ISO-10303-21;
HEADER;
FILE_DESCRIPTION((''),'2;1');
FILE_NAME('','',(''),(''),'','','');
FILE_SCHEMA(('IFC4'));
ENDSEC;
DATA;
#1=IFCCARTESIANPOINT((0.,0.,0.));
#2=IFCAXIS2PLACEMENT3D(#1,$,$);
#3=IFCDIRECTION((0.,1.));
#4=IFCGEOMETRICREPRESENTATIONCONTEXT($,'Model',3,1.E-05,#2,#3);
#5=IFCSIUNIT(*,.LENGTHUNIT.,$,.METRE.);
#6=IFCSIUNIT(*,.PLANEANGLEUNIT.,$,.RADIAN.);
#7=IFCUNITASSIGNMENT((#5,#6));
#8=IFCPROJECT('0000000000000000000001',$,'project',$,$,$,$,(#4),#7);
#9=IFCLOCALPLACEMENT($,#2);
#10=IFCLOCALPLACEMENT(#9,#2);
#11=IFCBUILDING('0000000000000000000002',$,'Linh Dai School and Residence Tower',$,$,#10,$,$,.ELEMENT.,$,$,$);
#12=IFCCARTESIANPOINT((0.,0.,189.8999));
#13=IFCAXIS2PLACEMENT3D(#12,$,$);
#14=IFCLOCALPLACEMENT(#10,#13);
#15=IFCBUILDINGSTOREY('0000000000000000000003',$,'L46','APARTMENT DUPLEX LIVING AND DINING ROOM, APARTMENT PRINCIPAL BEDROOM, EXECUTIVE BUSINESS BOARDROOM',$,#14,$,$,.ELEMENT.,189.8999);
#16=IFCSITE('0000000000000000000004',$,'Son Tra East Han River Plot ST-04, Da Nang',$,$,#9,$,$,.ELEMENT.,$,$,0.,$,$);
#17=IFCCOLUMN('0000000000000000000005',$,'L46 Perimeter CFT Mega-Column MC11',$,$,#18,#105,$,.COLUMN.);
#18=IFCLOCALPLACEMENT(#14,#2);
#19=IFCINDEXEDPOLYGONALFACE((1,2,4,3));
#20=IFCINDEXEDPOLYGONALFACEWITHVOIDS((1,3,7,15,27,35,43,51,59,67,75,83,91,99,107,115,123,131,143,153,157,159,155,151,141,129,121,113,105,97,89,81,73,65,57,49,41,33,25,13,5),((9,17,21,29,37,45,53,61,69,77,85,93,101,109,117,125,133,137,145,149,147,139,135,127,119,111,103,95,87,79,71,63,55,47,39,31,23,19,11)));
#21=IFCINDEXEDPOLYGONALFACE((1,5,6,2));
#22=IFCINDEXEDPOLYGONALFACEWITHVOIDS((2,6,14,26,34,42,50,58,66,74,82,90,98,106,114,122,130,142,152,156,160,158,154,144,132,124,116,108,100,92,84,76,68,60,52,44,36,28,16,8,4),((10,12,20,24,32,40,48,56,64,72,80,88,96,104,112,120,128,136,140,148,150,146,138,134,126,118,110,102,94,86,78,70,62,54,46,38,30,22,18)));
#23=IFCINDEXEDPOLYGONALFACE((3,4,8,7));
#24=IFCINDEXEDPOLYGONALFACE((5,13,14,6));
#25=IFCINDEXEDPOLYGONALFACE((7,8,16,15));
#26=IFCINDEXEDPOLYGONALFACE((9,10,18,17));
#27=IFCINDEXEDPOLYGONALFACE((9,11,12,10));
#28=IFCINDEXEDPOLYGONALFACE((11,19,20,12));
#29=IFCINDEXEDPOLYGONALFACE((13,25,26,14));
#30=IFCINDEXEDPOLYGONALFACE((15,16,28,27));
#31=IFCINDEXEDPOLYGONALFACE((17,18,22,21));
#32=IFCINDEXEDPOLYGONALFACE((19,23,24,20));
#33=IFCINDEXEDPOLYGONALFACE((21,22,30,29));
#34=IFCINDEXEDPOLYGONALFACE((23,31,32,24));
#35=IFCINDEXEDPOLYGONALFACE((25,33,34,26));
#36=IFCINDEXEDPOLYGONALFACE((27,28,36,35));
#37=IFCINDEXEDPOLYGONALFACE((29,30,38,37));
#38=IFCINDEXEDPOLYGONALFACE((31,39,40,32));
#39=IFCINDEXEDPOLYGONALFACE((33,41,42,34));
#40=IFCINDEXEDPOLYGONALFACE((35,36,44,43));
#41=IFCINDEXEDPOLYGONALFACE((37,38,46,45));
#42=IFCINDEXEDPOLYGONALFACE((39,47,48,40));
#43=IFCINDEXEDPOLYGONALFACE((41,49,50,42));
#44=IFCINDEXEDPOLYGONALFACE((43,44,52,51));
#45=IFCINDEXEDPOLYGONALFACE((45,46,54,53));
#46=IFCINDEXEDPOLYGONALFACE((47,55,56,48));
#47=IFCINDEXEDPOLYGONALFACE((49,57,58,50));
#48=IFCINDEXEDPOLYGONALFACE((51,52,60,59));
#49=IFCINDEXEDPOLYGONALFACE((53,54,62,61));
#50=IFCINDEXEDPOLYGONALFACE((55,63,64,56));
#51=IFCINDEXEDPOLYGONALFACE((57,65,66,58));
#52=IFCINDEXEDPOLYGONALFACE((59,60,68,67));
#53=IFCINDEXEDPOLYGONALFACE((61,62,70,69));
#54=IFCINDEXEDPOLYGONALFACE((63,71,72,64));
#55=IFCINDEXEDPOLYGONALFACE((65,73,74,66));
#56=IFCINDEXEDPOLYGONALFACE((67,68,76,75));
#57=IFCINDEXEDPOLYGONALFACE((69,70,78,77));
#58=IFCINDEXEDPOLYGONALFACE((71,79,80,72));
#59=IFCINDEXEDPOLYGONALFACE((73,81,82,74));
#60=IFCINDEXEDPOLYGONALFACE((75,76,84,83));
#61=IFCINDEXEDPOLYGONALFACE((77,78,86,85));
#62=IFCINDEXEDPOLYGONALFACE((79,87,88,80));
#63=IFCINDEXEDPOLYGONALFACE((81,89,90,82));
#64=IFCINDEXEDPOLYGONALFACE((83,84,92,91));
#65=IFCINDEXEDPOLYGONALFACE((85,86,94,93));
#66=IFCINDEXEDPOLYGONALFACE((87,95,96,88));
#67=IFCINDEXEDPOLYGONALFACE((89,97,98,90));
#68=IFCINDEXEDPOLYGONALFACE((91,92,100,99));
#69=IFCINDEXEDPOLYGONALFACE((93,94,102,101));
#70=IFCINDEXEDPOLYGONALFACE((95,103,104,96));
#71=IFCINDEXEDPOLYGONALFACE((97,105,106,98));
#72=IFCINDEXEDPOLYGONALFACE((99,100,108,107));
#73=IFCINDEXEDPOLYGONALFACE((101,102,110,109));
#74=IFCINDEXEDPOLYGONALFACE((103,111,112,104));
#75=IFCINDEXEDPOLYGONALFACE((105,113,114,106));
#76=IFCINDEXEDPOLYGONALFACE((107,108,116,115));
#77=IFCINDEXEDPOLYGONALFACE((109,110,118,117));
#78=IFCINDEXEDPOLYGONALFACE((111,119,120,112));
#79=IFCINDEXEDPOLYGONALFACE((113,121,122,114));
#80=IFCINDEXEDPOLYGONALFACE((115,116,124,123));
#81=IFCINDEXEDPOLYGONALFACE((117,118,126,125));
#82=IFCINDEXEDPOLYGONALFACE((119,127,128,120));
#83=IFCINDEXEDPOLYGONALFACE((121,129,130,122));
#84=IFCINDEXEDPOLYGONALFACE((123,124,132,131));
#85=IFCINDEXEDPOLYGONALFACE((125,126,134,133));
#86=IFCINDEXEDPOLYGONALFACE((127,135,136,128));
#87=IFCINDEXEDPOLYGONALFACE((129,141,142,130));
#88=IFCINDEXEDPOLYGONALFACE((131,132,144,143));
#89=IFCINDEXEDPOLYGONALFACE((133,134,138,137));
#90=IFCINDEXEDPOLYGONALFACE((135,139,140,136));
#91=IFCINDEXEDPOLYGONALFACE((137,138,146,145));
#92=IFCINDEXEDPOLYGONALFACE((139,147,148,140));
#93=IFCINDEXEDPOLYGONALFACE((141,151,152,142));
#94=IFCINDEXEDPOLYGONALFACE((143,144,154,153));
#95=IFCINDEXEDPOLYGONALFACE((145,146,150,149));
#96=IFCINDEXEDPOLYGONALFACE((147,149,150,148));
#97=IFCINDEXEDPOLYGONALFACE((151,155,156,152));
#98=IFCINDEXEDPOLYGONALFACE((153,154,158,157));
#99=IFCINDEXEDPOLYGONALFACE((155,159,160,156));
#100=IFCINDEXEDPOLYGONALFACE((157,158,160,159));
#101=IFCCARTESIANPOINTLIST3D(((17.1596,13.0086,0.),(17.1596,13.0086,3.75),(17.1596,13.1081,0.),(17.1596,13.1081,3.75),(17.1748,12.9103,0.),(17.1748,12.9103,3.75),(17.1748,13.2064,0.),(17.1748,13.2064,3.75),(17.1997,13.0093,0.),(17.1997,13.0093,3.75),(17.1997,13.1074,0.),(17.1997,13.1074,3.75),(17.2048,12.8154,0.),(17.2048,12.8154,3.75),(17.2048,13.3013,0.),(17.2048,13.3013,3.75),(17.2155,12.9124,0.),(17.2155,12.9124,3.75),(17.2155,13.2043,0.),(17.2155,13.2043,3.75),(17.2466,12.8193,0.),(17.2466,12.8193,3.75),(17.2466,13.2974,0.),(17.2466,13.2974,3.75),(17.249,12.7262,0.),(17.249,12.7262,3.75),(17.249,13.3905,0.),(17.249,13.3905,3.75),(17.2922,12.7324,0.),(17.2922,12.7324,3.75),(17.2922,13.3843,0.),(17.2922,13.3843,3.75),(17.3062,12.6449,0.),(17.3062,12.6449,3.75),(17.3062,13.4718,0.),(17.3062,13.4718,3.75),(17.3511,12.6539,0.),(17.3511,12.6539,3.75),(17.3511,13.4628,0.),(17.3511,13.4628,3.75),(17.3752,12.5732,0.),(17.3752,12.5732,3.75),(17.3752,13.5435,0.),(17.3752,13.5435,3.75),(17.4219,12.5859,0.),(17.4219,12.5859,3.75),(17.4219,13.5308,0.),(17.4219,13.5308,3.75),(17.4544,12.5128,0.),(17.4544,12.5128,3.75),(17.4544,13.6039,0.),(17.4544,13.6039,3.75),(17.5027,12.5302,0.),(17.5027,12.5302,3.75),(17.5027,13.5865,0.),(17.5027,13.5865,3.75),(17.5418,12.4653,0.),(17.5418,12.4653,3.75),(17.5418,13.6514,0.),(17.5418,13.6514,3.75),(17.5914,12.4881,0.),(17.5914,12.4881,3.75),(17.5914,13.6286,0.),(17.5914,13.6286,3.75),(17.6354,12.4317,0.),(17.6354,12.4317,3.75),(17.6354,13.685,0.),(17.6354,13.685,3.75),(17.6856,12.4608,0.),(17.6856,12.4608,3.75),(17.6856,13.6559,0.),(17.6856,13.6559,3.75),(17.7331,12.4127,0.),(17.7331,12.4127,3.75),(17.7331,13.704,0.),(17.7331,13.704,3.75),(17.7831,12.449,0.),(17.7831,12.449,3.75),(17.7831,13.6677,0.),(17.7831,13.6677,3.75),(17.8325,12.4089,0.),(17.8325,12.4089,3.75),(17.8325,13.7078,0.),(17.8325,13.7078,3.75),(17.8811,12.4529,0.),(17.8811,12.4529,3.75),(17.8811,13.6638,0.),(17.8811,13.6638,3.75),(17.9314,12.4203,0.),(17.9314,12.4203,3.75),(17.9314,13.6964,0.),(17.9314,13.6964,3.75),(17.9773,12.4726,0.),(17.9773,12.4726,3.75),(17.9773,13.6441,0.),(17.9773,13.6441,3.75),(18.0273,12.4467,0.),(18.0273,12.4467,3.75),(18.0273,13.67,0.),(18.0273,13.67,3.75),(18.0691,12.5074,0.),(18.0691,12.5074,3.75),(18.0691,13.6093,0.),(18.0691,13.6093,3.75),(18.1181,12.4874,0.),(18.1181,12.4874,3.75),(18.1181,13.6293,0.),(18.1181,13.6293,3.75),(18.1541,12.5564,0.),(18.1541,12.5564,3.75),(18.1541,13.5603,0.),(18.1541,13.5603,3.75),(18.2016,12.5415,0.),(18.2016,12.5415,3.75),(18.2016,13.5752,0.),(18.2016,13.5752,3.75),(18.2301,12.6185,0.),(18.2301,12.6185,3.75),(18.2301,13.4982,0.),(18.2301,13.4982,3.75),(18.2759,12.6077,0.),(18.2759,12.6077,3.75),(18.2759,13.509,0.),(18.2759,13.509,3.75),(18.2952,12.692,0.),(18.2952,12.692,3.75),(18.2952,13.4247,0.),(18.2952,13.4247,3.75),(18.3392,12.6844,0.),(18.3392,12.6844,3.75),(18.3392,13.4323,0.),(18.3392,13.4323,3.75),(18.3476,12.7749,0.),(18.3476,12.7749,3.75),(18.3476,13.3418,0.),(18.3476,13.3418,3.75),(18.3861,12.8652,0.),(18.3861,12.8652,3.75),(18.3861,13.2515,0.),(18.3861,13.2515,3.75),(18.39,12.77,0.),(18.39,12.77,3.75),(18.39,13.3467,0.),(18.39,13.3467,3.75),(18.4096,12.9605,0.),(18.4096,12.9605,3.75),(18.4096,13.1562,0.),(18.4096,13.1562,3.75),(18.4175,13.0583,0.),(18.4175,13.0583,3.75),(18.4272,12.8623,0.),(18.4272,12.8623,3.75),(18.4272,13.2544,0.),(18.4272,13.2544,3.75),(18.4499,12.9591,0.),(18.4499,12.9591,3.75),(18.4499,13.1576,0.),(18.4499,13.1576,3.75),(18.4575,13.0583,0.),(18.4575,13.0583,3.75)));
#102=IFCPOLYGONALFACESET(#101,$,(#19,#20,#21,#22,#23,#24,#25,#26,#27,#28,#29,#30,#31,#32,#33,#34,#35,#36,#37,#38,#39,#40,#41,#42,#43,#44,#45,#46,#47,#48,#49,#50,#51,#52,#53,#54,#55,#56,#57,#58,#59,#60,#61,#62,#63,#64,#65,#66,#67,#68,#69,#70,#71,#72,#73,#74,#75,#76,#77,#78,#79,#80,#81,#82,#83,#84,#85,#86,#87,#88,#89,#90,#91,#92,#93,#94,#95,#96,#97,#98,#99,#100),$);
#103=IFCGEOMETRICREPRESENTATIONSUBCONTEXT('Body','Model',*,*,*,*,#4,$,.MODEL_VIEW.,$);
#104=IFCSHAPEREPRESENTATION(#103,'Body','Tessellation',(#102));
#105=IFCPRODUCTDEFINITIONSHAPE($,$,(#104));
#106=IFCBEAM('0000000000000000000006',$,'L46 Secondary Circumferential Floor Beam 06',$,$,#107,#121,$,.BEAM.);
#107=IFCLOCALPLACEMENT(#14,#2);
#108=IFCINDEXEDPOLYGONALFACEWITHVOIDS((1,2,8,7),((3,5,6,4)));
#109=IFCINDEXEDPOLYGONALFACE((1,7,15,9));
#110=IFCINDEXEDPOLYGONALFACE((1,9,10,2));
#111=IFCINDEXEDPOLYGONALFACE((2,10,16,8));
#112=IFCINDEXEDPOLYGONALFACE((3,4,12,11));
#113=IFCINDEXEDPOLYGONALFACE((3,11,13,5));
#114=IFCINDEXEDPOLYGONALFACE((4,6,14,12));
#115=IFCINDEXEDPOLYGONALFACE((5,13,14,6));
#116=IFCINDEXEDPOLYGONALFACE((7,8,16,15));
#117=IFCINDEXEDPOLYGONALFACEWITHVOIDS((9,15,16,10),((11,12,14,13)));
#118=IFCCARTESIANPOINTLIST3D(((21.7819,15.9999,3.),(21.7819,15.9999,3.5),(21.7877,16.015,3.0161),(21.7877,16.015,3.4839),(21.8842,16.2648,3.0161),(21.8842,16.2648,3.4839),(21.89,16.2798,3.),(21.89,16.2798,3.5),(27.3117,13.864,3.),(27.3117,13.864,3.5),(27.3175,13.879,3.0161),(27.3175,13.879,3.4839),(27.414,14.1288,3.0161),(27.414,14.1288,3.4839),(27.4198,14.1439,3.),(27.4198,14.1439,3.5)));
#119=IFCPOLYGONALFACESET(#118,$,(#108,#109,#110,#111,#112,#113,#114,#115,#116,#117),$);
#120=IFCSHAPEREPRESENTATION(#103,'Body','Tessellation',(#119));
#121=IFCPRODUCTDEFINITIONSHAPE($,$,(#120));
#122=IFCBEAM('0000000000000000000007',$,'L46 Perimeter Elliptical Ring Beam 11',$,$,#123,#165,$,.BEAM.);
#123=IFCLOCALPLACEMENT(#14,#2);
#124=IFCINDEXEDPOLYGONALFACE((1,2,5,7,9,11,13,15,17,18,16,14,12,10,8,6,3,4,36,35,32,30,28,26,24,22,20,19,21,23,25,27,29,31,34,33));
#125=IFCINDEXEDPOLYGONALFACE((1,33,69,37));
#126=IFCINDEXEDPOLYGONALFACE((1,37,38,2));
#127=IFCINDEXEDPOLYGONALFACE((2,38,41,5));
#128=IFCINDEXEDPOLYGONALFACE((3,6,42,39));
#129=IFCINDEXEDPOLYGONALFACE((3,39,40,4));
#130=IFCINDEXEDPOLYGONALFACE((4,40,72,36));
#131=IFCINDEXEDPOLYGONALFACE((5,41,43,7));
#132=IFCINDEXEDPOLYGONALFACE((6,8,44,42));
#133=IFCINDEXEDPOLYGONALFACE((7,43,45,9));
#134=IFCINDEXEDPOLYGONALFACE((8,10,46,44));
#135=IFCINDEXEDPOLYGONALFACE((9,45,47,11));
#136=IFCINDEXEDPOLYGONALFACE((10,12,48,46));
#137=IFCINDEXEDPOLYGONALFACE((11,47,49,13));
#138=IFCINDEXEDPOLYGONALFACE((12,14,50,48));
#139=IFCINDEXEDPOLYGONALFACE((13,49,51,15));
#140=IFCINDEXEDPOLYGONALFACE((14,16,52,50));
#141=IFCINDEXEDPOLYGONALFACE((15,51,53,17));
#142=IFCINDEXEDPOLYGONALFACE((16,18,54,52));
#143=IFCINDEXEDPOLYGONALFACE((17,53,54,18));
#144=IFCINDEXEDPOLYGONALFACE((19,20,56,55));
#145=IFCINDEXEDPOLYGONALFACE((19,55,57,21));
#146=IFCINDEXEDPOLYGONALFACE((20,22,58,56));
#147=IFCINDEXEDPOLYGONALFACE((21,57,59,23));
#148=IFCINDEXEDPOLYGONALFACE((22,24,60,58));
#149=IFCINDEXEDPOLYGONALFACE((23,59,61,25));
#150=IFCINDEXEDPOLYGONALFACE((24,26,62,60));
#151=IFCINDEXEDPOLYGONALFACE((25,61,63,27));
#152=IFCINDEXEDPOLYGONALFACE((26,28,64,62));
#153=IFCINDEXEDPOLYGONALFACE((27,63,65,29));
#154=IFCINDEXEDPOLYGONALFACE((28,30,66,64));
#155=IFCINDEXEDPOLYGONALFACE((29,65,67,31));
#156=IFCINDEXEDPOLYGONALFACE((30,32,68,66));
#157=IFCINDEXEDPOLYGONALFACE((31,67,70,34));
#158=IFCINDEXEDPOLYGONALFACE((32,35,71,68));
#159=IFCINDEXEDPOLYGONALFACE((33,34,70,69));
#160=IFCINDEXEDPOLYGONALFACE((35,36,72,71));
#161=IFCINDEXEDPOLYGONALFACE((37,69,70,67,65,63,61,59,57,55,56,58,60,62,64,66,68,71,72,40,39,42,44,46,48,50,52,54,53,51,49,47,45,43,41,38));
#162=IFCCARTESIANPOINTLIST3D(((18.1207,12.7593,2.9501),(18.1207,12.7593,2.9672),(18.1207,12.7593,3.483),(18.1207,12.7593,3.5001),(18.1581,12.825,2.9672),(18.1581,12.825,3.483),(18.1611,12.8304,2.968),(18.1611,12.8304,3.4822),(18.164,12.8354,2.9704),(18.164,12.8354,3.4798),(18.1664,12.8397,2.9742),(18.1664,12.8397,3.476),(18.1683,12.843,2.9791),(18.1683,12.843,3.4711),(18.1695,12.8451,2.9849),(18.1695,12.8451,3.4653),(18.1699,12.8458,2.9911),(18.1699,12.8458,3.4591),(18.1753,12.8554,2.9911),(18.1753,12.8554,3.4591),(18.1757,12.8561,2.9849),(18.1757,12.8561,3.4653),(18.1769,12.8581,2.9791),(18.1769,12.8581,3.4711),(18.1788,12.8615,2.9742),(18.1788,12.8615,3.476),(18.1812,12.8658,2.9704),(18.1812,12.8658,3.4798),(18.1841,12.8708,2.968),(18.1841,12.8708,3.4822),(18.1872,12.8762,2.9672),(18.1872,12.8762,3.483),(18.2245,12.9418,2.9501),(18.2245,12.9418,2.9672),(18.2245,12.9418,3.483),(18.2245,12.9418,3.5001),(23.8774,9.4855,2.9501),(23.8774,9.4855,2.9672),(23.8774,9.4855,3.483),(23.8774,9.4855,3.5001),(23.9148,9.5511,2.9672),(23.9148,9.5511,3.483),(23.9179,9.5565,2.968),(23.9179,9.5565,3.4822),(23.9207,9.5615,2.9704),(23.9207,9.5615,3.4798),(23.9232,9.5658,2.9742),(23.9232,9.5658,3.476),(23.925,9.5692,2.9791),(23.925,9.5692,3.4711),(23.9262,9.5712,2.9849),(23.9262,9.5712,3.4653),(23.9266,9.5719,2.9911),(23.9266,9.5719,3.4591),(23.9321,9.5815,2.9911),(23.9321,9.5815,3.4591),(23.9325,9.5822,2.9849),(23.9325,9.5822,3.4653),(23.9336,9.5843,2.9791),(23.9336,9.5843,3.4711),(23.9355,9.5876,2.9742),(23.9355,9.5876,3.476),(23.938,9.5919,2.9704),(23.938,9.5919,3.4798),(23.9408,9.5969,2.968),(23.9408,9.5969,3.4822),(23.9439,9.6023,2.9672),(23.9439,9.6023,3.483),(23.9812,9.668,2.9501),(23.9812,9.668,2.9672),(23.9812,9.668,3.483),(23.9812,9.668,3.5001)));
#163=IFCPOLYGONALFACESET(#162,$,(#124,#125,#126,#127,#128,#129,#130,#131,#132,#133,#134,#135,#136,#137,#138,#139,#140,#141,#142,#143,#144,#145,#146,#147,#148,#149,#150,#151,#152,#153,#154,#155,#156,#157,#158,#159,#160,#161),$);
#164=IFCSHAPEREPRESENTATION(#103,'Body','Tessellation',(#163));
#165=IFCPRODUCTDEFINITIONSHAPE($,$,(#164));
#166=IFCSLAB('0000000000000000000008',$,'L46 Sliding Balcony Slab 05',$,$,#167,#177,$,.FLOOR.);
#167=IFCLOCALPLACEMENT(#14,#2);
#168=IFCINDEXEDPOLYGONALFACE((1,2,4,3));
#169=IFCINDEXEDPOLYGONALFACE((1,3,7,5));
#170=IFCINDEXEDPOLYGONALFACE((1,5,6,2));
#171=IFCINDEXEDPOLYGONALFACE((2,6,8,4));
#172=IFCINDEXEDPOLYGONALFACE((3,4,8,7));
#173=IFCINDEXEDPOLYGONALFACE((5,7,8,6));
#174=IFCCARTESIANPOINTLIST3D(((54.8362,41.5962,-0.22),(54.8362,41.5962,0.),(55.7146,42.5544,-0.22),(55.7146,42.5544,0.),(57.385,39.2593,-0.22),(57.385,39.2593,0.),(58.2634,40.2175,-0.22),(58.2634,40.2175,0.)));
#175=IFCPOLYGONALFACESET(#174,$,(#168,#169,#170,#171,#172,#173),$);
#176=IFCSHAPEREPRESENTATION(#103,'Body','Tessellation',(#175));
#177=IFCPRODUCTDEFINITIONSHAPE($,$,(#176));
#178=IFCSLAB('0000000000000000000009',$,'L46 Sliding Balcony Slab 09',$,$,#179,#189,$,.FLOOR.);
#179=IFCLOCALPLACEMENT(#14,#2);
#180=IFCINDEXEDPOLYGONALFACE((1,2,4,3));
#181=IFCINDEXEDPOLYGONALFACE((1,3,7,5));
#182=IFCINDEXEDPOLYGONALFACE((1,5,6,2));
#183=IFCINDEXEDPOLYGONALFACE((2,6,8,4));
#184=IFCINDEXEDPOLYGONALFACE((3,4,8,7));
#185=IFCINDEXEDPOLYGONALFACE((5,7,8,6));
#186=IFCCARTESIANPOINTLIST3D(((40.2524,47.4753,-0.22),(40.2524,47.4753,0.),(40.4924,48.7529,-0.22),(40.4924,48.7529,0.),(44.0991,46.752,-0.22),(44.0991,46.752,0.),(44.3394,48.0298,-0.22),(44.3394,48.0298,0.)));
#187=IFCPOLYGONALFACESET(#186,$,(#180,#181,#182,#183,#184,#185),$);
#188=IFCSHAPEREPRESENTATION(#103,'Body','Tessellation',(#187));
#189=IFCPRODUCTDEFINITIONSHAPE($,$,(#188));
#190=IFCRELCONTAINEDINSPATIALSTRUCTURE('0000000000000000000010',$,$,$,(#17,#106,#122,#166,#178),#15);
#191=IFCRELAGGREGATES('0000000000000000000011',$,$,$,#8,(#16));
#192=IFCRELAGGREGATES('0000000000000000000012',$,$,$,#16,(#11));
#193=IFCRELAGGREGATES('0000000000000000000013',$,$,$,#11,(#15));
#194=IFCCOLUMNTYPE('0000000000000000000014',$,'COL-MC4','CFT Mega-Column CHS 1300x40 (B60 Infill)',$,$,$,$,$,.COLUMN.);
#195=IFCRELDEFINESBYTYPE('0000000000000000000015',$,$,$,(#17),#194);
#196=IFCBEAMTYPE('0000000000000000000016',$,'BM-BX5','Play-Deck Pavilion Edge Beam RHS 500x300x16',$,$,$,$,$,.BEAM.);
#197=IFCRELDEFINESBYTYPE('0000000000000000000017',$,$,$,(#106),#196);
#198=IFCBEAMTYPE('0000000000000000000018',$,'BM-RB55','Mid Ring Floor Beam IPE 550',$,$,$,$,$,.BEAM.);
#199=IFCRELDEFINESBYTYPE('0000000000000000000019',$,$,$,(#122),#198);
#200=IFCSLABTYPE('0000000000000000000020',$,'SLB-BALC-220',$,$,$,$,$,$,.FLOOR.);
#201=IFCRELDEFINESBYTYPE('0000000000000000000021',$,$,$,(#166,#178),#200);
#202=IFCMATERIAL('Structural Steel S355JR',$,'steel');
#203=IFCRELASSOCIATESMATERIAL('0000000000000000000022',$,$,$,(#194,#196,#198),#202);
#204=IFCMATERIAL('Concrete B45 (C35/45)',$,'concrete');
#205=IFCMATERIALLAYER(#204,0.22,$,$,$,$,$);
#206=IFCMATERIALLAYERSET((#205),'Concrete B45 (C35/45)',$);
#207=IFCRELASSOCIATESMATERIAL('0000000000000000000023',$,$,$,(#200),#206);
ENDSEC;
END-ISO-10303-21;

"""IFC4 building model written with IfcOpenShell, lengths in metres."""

from ifc_helpers import new_model, si_unit, direction, frame, origin, origin_2d, place, context, subcontext, project, spatial, polyline, hollow_rectangle, hollow_circle, i_section, outline, extrude, material, layer, layer_set, material_profile, profile_set, type_object, element, save


model = new_model("IFC4")

# Units and contexts
model_context = context("Model", 3, precision=1e-05, world=origin(), true_north=direction((0.0, 1.0)))
body_context = subcontext(model_context, "Body", "Model", "MODEL_VIEW")
ifc_project = project(units=[si_unit("LENGTHUNIT", "METRE"), si_unit("PLANEANGLEUNIT", "RADIAN")], contexts=[model_context])

# Site, building, storey
site_placement = place(None, origin())
site = spatial("IfcSite", under=ifc_project, at=site_placement, Name="Son Tra East Han River Plot ST-04, Da Nang", CompositionType="ELEMENT", RefElevation=0.0)
building_placement = place(site_placement, origin())
building = spatial("IfcBuilding", under=site, at=building_placement, Name="Linh Dai School and Residence Tower", CompositionType="ELEMENT")
storey_placement = place(building_placement, frame((0.0, 0.0, 189.8999)))
storey = spatial("IfcBuildingStorey", under=building, at=storey_placement, Name="L46", Description="APARTMENT DUPLEX LIVING AND DINING ROOM, APARTMENT PRINCIPAL BEDROOM, EXECUTIVE BUSINESS BOARDROOM", CompositionType="ELEMENT", Elevation=189.8999)

# Column
ifc_material_1 = material(Name="Structural Steel S355JR", Category="steel")
ifc_material_profile_1 = material_profile(ifc_material_1, hollow_circle(Radius=0.6499, WallThickness=0.04, at=origin_2d()), Name="CHS 1300x40")
ifc_profile_set_1 = profile_set([ifc_material_profile_1], Name="Structural Steel S355JR")
column_type = type_object("IfcColumnType", Name="COL-MC4", Description="CFT Mega-Column CHS 1300x40 (B60 Infill)", PredefinedType="COLUMN", material=ifc_profile_set_1)
column_placement = place(storey_placement, frame((17.8076, 13.0583, 0.0), z_axis=(0.0, 0.0, 1.0), x_axis=(1.0, 0.0, 0.0)))
element("IfcColumn", 1, at=column_placement, inside=storey, type_object=column_type, Name="L46 Perimeter CFT Mega-Column MC11", PredefinedType="COLUMN", context=body_context, shape_type="SweptSolid", body=[
    extrude(hollow_circle(Radius=0.6499, WallThickness=0.04, at=origin_2d()), origin(), (0.0, 0.0, 1.0), 3.75),
])

# Beams
ifc_material_profile_2 = material_profile(ifc_material_1, hollow_rectangle(XDim=0.3, YDim=0.5, WallThickness=0.0161, at=origin_2d()), Name="RHS 500x300x16")
ifc_profile_set_2 = profile_set([ifc_material_profile_2], Name="Structural Steel S355JR")
beam_type_1 = type_object("IfcBeamType", Name="BM-BX5", Description="Play-Deck Pavilion Edge Beam RHS 500x300x16", PredefinedType="BEAM", material=ifc_profile_set_2)
beam_1_placement = place(storey_placement, frame((21.8359, 16.1399, 3.25), z_axis=(0.932828, -0.360323, 0.0), x_axis=(0.360323, 0.932828, 0.0)))
element("IfcBeam", 2, at=beam_1_placement, inside=storey, type_object=beam_type_1, Name="L46 Secondary Circumferential Floor Beam 06", PredefinedType="BEAM", context=body_context, shape_type="SweptSolid", body=[
    extrude(hollow_rectangle(XDim=0.3, YDim=0.5, WallThickness=0.0161, at=origin_2d()), origin(), (0.0, 0.0, 1.0), 5.928),
])
ifc_material_profile_3 = material_profile(ifc_material_1, i_section(OverallWidth=0.21, OverallDepth=0.55, WebThickness=0.011, FlangeThickness=0.0171, FilletRadius=0.0239, at=origin_2d()), Name="IPE 550")
ifc_profile_set_3 = profile_set([ifc_material_profile_3], Name="Structural Steel S355JR")
beam_type_2 = type_object("IfcBeamType", Name="BM-RB55", Description="Mid Ring Floor Beam IPE 550", PredefinedType="BEAM", material=ifc_profile_set_3)
beam_2_placement = place(storey_placement, frame((18.1726, 12.8506, 3.2251), z_axis=(0.869262, -0.494351, 0.0), x_axis=(0.494351, 0.869262, 0.0)))
element("IfcBeam", 3, at=beam_2_placement, inside=storey, type_object=beam_type_2, Name="L46 Perimeter Elliptical Ring Beam 11", PredefinedType="BEAM", context=body_context, shape_type="SweptSolid", body=[
    extrude(i_section(OverallWidth=0.21, OverallDepth=0.55, WebThickness=0.011, FlangeThickness=0.0171, FilletRadius=0.0239, at=origin_2d()), origin(), (0.0, 0.0, 1.0), 6.6226),
])

# Slabs
ifc_material_2 = material(Name="Concrete B45 (C35/45)", Category="concrete")
ifc_layer_1 = layer(ifc_material_2, 0.22)
ifc_layer_set_1 = layer_set([ifc_layer_1], Name="Concrete B45 (C35/45)")
slab_type_1 = type_object("IfcSlabType", Name="SLB-BALC-220", PredefinedType="FLOOR", material=ifc_layer_set_1)
slab_1_placement = place(storey_placement, frame((0.0, 0.0, -0.22)))
element("IfcSlab", 4, at=slab_1_placement, inside=storey, type_object=slab_type_1, Name="L46 Sliding Balcony Slab 05", PredefinedType="FLOOR", context=body_context, shape_type="SweptSolid", body=[
    extrude(outline(polyline([(54.8362, 41.5962), (57.385, 39.2593), (58.2634, 40.2175), (55.7146, 42.5544), (54.8362, 41.5962)])), origin(), (0.0, 0.0, 1.0), 0.22),
])
slab_2_placement = place(storey_placement, frame((0.0, 0.0, -0.22)))
element("IfcSlab", 5, at=slab_2_placement, inside=storey, type_object=slab_type_1, Name="L46 Sliding Balcony Slab 09", PredefinedType="FLOOR", context=body_context, shape_type="SweptSolid", body=[
    extrude(outline(polyline([(40.2524, 47.4753), (44.0991, 46.752), (44.3394, 48.0298), (40.4924, 48.7529), (40.2524, 47.4753)])), origin(), (0.0, 0.0, 1.0), 0.22),
])

save(model, "model.ifc")
